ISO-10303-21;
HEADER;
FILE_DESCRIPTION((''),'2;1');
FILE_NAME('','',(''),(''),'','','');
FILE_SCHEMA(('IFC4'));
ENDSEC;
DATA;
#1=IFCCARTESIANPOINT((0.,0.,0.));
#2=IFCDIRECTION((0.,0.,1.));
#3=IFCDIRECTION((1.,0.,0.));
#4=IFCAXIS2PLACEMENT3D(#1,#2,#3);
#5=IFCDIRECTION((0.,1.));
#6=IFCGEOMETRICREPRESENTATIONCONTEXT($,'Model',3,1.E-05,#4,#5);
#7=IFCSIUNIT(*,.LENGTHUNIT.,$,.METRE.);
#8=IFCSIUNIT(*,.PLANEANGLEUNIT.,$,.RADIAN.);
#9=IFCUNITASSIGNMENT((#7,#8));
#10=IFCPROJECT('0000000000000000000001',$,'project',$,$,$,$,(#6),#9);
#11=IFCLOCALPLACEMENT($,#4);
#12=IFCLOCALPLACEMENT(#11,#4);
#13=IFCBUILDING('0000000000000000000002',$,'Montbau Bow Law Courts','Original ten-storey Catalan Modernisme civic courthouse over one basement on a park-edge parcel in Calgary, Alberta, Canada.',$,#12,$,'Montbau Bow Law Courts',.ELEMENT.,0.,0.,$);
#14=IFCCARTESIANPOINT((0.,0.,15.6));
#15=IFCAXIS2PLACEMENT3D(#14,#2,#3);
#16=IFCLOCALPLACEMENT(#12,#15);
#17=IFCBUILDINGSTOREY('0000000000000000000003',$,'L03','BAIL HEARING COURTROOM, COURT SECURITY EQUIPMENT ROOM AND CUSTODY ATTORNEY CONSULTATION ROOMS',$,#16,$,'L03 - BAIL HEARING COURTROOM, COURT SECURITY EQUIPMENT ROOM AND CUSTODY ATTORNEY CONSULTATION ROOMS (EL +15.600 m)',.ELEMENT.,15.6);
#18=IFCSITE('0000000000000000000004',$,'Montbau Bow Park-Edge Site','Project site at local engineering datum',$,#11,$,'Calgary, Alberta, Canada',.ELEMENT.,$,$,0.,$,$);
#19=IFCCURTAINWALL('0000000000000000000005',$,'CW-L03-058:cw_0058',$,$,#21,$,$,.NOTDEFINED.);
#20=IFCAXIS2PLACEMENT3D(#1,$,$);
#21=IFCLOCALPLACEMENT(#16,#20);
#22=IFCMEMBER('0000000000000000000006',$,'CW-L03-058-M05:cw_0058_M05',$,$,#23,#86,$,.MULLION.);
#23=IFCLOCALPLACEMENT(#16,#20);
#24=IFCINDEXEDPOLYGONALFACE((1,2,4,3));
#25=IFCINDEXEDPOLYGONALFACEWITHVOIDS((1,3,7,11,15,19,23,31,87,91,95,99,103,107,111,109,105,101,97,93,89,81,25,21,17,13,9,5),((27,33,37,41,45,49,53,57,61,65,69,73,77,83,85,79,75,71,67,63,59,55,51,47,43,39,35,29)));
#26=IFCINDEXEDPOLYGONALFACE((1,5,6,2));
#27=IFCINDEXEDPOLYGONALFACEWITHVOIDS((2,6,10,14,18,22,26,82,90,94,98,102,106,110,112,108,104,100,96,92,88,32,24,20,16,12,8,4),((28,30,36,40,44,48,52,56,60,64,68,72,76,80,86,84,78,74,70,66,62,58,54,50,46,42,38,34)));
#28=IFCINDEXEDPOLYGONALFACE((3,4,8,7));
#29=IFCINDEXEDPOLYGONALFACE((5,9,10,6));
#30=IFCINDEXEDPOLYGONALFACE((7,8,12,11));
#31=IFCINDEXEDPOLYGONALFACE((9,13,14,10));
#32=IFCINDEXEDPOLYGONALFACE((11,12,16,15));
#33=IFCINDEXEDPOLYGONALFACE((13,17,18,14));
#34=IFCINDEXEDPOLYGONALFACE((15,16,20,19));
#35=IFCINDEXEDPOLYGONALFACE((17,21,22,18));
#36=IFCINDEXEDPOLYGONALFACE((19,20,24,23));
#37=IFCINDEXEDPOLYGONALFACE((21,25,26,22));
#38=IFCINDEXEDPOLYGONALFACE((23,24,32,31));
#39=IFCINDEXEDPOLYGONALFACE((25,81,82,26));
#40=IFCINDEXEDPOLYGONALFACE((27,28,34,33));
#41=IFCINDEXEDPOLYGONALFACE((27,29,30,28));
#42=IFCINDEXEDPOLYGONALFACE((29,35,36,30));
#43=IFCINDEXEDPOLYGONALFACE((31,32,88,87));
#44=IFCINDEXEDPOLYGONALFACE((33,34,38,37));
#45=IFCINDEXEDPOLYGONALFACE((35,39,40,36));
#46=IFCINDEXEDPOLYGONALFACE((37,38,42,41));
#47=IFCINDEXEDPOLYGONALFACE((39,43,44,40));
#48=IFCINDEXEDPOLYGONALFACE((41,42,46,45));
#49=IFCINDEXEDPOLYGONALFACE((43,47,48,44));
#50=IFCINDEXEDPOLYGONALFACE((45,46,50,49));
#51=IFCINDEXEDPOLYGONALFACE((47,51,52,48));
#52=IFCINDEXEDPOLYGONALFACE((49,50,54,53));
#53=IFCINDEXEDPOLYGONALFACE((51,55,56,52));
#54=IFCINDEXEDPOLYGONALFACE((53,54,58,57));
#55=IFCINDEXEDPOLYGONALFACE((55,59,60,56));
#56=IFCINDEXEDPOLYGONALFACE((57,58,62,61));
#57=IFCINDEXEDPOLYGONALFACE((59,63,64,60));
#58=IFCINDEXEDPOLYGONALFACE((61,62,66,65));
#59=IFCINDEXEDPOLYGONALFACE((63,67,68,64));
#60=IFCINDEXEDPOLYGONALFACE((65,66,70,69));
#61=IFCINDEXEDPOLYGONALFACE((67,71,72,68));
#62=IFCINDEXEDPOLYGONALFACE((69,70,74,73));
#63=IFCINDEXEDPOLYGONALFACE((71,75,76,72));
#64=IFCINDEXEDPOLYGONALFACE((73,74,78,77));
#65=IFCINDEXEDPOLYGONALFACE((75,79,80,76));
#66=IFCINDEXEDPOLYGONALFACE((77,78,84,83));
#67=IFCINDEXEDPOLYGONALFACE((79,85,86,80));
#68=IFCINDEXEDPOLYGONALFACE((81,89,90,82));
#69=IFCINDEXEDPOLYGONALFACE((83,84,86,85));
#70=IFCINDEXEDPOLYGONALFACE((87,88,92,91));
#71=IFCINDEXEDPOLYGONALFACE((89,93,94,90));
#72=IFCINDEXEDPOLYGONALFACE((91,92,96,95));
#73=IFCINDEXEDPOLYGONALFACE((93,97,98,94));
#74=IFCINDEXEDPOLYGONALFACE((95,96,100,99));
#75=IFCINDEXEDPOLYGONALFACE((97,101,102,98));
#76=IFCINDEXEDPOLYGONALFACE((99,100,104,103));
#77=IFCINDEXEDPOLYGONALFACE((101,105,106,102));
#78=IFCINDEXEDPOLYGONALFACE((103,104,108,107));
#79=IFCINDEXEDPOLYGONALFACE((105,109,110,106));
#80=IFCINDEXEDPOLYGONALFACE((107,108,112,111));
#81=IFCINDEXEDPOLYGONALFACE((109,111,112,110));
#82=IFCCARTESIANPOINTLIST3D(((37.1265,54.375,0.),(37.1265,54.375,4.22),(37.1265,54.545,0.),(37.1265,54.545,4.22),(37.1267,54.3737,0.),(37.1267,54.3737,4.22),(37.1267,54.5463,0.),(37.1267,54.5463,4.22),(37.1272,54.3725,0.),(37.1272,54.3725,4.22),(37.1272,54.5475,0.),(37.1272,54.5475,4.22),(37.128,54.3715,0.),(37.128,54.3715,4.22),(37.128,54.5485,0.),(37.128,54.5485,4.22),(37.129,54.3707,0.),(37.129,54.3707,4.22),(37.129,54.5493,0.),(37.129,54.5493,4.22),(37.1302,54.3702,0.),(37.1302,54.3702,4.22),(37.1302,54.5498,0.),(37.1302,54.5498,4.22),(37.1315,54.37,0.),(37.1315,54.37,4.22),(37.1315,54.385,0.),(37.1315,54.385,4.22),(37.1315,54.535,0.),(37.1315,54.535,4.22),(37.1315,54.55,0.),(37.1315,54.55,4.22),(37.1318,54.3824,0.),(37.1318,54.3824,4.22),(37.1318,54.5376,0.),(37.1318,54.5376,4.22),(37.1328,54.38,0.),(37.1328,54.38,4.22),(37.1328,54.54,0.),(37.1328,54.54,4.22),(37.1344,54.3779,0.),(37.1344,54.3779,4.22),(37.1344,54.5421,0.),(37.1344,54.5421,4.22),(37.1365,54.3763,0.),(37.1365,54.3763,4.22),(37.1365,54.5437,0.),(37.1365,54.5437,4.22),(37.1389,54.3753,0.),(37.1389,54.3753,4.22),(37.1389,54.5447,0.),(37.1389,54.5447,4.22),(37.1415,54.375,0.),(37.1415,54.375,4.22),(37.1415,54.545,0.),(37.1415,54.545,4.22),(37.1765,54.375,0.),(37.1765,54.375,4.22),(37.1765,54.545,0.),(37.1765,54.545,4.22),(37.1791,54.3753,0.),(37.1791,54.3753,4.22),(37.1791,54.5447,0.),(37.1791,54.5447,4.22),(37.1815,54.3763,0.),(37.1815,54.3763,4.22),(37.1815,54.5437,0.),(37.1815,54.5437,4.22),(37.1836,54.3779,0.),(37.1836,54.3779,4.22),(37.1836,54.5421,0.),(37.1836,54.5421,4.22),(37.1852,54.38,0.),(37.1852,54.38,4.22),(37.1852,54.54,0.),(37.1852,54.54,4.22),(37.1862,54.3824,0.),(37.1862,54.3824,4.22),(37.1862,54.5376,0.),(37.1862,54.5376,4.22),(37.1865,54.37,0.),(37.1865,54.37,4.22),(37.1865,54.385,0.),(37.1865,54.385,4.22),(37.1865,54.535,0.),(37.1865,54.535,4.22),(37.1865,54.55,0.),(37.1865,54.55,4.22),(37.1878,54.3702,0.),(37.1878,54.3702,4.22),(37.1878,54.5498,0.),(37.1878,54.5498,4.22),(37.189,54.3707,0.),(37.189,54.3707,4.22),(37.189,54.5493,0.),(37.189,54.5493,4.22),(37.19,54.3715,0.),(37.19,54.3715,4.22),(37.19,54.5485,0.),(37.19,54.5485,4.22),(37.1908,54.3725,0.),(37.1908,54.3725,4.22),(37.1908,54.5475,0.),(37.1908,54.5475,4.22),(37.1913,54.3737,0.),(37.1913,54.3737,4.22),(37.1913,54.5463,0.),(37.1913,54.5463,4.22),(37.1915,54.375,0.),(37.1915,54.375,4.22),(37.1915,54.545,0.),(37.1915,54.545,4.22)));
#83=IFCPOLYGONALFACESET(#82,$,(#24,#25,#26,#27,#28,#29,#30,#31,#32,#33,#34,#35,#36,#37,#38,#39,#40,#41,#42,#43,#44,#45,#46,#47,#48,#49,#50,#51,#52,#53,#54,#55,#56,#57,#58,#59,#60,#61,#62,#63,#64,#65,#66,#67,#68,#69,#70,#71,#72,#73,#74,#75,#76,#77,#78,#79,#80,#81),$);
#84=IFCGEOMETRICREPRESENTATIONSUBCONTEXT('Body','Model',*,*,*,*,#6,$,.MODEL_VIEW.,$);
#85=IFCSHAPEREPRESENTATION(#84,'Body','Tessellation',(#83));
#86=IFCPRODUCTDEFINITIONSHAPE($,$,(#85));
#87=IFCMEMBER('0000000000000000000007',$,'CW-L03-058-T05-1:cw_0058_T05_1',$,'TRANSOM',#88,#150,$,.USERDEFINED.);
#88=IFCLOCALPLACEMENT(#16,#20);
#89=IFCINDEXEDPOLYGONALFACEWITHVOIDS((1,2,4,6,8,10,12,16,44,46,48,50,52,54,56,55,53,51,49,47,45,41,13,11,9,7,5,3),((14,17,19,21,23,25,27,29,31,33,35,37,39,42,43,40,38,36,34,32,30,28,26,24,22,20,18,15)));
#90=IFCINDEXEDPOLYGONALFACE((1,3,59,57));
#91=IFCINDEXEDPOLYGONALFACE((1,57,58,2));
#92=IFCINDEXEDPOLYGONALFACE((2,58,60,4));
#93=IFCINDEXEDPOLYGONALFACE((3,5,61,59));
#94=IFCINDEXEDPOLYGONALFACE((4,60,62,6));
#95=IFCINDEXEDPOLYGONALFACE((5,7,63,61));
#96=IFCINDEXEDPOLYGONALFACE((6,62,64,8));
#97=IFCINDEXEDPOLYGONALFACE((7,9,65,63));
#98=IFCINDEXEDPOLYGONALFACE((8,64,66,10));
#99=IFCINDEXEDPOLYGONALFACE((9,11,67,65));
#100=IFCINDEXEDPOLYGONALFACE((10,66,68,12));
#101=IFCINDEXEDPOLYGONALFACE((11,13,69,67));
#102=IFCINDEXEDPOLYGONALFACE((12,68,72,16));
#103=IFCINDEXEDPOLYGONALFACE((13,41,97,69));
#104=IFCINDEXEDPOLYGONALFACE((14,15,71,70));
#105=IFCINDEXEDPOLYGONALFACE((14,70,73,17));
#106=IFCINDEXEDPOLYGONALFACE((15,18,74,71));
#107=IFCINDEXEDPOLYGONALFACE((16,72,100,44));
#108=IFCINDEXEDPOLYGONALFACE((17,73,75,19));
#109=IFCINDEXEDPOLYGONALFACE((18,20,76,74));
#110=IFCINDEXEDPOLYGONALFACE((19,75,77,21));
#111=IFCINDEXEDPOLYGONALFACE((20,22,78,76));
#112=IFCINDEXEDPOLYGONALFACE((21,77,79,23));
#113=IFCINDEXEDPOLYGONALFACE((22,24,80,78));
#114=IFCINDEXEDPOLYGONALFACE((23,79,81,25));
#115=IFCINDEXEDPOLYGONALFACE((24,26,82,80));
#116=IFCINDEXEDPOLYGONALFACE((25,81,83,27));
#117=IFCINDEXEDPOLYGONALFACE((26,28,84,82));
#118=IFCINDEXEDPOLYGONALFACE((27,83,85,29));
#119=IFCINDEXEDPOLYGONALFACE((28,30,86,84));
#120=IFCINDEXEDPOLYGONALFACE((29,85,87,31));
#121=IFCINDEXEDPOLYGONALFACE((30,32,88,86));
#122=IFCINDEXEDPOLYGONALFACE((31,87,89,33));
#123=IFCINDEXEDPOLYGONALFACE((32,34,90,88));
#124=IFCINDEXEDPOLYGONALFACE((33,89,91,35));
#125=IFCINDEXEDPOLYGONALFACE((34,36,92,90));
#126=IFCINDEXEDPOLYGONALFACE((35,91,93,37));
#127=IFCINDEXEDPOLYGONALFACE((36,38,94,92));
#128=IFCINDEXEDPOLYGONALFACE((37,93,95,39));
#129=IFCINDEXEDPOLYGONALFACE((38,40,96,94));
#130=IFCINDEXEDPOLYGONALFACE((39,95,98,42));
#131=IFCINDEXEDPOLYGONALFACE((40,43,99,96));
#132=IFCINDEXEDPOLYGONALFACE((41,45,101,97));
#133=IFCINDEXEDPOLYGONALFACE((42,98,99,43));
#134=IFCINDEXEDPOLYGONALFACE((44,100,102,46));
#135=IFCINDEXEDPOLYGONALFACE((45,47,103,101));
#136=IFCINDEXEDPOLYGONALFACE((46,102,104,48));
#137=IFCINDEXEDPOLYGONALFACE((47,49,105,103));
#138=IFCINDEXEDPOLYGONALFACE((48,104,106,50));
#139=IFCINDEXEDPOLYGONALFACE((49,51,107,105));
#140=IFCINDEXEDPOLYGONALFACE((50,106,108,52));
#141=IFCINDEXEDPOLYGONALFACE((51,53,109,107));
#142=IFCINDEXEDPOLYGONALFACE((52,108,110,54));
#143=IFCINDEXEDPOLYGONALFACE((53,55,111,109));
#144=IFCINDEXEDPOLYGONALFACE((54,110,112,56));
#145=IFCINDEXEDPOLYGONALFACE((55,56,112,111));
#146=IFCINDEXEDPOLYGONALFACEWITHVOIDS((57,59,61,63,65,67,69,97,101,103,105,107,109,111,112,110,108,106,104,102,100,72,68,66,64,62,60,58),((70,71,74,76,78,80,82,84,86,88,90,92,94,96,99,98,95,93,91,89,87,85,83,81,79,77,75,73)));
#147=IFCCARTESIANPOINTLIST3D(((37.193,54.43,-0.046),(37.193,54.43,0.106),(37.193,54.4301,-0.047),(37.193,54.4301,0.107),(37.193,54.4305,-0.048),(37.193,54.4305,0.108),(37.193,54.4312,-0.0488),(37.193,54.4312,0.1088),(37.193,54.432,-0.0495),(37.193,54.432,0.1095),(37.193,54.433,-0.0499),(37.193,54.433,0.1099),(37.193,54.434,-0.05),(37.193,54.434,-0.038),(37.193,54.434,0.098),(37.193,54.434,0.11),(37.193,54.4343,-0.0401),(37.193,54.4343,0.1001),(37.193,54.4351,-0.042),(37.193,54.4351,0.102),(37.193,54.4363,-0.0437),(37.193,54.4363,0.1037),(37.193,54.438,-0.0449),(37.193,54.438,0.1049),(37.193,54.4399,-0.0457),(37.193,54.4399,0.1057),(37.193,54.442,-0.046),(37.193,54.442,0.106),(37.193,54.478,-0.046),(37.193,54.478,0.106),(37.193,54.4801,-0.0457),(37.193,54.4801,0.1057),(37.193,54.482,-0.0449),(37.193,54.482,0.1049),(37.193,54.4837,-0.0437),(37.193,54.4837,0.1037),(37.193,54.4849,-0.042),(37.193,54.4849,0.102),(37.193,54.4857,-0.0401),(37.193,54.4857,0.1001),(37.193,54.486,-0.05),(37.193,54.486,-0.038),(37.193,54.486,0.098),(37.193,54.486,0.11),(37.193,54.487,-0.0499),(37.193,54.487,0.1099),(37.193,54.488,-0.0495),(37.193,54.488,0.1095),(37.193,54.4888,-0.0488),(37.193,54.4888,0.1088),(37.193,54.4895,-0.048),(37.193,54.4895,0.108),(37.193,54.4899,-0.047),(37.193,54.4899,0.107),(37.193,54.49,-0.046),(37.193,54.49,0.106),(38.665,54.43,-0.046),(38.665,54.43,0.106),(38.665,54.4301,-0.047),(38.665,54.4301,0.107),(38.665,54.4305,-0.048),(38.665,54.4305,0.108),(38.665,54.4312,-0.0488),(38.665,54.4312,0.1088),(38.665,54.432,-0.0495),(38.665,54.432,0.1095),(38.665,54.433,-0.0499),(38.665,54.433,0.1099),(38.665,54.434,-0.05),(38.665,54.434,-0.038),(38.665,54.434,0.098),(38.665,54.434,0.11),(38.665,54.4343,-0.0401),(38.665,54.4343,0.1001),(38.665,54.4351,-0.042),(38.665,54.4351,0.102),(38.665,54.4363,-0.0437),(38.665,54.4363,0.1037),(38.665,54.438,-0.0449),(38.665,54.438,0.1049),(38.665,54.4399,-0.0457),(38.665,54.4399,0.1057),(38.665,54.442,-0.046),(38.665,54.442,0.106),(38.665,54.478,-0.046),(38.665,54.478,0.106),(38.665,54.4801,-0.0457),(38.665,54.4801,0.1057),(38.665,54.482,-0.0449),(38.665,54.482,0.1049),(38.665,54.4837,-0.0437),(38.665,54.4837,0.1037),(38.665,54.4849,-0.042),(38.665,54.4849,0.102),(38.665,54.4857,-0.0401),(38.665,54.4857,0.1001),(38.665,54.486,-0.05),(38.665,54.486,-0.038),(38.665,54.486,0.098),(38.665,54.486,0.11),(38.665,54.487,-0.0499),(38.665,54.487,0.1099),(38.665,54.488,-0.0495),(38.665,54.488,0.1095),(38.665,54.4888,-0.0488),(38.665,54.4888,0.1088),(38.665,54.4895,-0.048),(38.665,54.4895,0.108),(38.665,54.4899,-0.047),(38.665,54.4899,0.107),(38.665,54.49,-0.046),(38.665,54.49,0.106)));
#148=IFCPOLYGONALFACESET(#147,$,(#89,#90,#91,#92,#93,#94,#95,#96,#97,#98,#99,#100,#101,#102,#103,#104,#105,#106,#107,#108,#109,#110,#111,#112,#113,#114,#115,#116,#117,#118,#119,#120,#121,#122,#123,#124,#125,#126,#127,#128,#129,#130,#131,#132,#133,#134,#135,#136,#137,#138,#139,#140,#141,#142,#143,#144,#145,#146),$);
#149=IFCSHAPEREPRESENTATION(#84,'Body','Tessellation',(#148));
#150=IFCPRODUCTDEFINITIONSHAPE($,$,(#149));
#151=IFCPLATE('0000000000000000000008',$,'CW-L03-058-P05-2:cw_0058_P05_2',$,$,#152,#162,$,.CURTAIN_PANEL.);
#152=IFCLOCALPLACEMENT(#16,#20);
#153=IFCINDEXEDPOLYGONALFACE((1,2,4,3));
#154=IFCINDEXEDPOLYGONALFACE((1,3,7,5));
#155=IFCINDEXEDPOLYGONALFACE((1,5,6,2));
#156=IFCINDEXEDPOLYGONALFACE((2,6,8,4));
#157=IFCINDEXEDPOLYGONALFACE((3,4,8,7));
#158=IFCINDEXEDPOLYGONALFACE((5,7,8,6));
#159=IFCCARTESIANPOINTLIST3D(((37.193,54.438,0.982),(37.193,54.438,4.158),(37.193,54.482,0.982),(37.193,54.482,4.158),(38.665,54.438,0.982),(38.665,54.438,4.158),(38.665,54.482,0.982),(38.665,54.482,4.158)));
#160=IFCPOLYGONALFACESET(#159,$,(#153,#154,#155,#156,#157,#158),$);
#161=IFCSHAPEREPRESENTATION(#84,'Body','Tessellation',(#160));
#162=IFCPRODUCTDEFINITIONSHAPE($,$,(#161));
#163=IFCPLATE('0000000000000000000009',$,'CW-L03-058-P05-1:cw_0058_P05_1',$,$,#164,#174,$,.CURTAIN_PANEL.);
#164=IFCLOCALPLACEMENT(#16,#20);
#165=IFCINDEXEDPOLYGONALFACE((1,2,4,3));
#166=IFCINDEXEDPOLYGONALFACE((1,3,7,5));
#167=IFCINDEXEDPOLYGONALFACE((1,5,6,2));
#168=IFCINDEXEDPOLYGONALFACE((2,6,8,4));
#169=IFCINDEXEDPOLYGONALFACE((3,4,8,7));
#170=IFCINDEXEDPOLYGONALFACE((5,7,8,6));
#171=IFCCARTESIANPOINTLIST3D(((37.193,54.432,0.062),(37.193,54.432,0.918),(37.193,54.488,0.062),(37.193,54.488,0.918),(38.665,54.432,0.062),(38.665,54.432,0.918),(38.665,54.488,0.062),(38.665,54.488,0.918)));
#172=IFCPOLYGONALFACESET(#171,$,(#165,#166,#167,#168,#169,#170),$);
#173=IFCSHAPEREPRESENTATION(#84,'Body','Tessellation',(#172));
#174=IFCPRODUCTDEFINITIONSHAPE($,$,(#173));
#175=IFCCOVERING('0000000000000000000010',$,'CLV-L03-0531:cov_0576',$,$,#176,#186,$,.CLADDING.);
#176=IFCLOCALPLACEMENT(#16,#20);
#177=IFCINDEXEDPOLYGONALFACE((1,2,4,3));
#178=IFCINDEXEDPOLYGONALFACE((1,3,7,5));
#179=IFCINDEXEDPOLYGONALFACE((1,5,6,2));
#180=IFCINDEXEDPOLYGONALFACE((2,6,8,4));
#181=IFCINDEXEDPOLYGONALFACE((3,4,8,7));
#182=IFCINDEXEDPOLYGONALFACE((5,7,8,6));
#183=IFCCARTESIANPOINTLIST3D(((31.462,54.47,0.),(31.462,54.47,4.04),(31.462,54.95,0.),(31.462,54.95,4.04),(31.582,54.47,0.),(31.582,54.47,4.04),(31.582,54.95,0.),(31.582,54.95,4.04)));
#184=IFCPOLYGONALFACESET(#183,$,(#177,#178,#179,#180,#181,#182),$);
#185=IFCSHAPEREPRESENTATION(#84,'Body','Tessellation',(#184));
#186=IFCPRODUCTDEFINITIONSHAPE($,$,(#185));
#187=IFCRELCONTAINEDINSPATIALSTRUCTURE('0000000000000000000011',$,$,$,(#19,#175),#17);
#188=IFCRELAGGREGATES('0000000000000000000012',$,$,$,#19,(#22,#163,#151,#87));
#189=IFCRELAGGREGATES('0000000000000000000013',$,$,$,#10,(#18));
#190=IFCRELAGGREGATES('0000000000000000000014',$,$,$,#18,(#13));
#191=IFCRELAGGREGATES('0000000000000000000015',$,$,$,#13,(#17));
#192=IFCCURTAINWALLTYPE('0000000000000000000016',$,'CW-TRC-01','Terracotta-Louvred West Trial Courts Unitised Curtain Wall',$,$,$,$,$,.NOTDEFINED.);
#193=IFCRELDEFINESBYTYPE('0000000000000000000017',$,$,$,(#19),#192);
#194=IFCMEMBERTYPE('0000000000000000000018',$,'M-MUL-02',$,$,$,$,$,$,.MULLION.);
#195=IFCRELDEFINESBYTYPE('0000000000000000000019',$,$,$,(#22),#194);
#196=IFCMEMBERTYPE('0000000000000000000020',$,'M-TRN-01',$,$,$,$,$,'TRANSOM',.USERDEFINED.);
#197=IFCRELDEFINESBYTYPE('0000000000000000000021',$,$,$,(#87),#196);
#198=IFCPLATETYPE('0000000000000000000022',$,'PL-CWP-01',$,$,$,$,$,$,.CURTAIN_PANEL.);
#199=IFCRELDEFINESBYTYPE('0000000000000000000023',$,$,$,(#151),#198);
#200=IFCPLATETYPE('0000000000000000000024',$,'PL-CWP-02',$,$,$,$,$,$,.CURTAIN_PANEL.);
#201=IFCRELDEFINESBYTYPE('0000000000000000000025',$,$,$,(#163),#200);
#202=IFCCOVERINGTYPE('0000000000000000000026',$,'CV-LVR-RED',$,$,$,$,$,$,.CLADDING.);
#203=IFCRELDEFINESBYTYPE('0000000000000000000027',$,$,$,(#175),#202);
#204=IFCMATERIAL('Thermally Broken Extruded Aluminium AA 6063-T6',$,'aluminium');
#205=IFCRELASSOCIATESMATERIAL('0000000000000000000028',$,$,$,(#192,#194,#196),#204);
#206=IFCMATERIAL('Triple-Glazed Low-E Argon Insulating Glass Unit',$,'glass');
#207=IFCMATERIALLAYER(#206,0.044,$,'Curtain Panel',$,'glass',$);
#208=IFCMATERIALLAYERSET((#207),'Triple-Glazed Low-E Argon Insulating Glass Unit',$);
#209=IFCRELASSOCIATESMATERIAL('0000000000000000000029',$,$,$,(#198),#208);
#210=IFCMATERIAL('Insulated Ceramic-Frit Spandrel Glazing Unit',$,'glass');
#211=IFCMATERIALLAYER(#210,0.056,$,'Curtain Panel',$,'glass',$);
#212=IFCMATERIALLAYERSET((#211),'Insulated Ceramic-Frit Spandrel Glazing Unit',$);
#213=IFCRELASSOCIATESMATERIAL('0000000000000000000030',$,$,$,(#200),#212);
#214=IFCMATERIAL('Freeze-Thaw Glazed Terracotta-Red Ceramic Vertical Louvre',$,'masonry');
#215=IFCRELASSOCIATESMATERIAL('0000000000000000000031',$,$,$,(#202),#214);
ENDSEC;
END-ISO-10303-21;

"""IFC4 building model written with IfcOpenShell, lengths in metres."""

from ifc_helpers import new_model, si_unit, direction, frame, frame_2d, origin_with_axes, origin_2d_with_axis, place, context, subcontext, project, spatial, rectangle, hollow_rectangle, extrude, material, layer, layer_set, material_profile, profile_set, type_object, element, aggregate, save


model = new_model("IFC4")

# Units and contexts
model_context = context("Model", 3, precision=1e-05, world=origin_with_axes(), true_north=direction((0.0, 1.0)))
body_context = subcontext(model_context, "Body", "Model", "MODEL_VIEW")
ifc_project = project(units=[si_unit("LENGTHUNIT", "METRE"), si_unit("PLANEANGLEUNIT", "RADIAN")], contexts=[model_context])

# Site, building, storey
site_placement = place(None, origin_with_axes())
site = spatial("IfcSite", under=ifc_project, at=site_placement, Name="Montbau Bow Park-Edge Site", Description="Project site at local engineering datum", LongName="Calgary, Alberta, Canada", CompositionType="ELEMENT", RefElevation=0.0)
building_placement = place(site_placement, origin_with_axes())
building = spatial("IfcBuilding", under=site, at=building_placement, Name="Montbau Bow Law Courts", Description="Original ten-storey Catalan Modernisme civic courthouse over one basement on a park-edge parcel in Calgary, Alberta, Canada.", LongName="Montbau Bow Law Courts", CompositionType="ELEMENT", ElevationOfRefHeight=0.0, ElevationOfTerrain=0.0)
storey_placement = place(building_placement, frame((0.0, 0.0, 15.6), z_axis=(0.0, 0.0, 1.0), x_axis=(1.0, 0.0, 0.0)))
storey = spatial("IfcBuildingStorey", under=building, at=storey_placement, Name="L03", Description="BAIL HEARING COURTROOM, COURT SECURITY EQUIPMENT ROOM AND CUSTODY ATTORNEY CONSULTATION ROOMS", LongName="L03 - BAIL HEARING COURTROOM, COURT SECURITY EQUIPMENT ROOM AND CUSTODY ATTORNEY CONSULTATION ROOMS (EL +15.600 m)", CompositionType="ELEMENT", Elevation=15.6)

# Curtain wall, members, plates
ifc_material_1 = material(Name="Thermally Broken Extruded Aluminium AA 6063-T6", Category="aluminium")
curtain_wall_type = type_object("IfcCurtainWallType", Name="CW-TRC-01", Description="Terracotta-Louvred West Trial Courts Unitised Curtain Wall", PredefinedType="NOTDEFINED", material=ifc_material_1)
curtain_wall_placement = place(None, frame((30.867, 54.46, 15.6), z_axis=(0.0, 0.0, 1.0), x_axis=(1.0, 0.0, 0.0)))
curtain_wall = element("IfcCurtainWall", 1, at=curtain_wall_placement, inside=storey, type_object=curtain_wall_type, Name="CW-L03-058:cw_0058", PredefinedType="NOTDEFINED")
ifc_material_profile_1 = material_profile(ifc_material_1, hollow_rectangle(XDim=0.065, YDim=0.18, WallThickness=0.005, InnerFilletRadius=0.01, OuterFilletRadius=0.005, at=origin_2d_with_axis()), Name="CWM-180X65", Category="Main", Priority=0)
ifc_profile_set_1 = profile_set([ifc_material_profile_1], Name="Thermally Broken Extruded Aluminium AA 6063-T6")
member_type_1 = type_object("IfcMemberType", Name="M-MUL-02", PredefinedType="MULLION", material=ifc_profile_set_1)
member_1_placement = place(None, frame((37.159, 54.46, 15.6), z_axis=(0.0, 0.0, 1.0), x_axis=(1.0, 0.0, 0.0)))
member_1 = element("IfcMember", 2, at=member_1_placement, type_object=member_type_1, Name="CW-L03-058-M05:cw_0058_M05", PredefinedType="MULLION", context=body_context, shape_type="SweptSolid", body=[
    extrude(hollow_rectangle(XDim=0.065, YDim=0.18, WallThickness=0.005, InnerFilletRadius=0.01, OuterFilletRadius=0.005, at=origin_2d_with_axis()), origin_with_axes(), (0.0, 0.0, 1.0), 4.22),
])
ifc_material_profile_2 = material_profile(ifc_material_1, hollow_rectangle(XDim=0.06, YDim=0.16, WallThickness=0.004, InnerFilletRadius=0.008, OuterFilletRadius=0.004, at=origin_2d_with_axis()), Name="CWT-160X60", Category="Main", Priority=0)
ifc_profile_set_2 = profile_set([ifc_material_profile_2], Name="Thermally Broken Extruded Aluminium AA 6063-T6")
member_type_2 = type_object("IfcMemberType", Name="M-TRN-01", ElementType="TRANSOM", PredefinedType="USERDEFINED", material=ifc_profile_set_2)
member_2_placement = place(None, frame((37.193, 54.46, 15.63), z_axis=(1.0, 0.0, 0.0), x_axis=(0.0, 1.0, 0.0)))
member_2 = element("IfcMember", 3, at=member_2_placement, type_object=member_type_2, Name="CW-L03-058-T05-1:cw_0058_T05_1", ObjectType="TRANSOM", PredefinedType="USERDEFINED", context=body_context, shape_type="SweptSolid", body=[
    extrude(hollow_rectangle(XDim=0.06, YDim=0.16, WallThickness=0.004, InnerFilletRadius=0.008, OuterFilletRadius=0.004, at=origin_2d_with_axis()), origin_with_axes(), (0.0, 0.0, 1.0), 1.472),
])
ifc_material_2 = material(Name="Triple-Glazed Low-E Argon Insulating Glass Unit", Category="glass")
ifc_layer_1 = layer(ifc_material_2, 0.044, Name="Curtain Panel", Category="glass")
ifc_layer_set_1 = layer_set([ifc_layer_1], Name="Triple-Glazed Low-E Argon Insulating Glass Unit")
plate_type_1 = type_object("IfcPlateType", Name="PL-CWP-01", PredefinedType="CURTAIN_PANEL", material=ifc_layer_set_1)
plate_1_placement = place(None, frame((37.193, 54.46, 16.582), z_axis=(0.0, -1.0, 0.0), x_axis=(1.0, 0.0, 0.0)))
plate_1 = element("IfcPlate", 4, at=plate_1_placement, type_object=plate_type_1, Name="CW-L03-058-P05-2:cw_0058_P05_2", PredefinedType="CURTAIN_PANEL", context=body_context, shape_type="SweptSolid", body=[
    extrude(rectangle(XDim=1.472, YDim=3.176, at=frame_2d((0.736, 1.588), x_axis=(1.0, 0.0))), frame((0.0, 0.0, -0.022), z_axis=(0.0, 0.0, 1.0), x_axis=(1.0, 0.0, 0.0)), (0.0, 0.0, 1.0), 0.044),
])
ifc_material_3 = material(Name="Insulated Ceramic-Frit Spandrel Glazing Unit", Category="glass")
ifc_layer_2 = layer(ifc_material_3, 0.056, Name="Curtain Panel", Category="glass")
ifc_layer_set_2 = layer_set([ifc_layer_2], Name="Insulated Ceramic-Frit Spandrel Glazing Unit")
plate_type_2 = type_object("IfcPlateType", Name="PL-CWP-02", PredefinedType="CURTAIN_PANEL", material=ifc_layer_set_2)
plate_2_placement = place(None, frame((37.193, 54.46, 15.662), z_axis=(0.0, -1.0, 0.0), x_axis=(1.0, 0.0, 0.0)))
plate_2 = element("IfcPlate", 5, at=plate_2_placement, type_object=plate_type_2, Name="CW-L03-058-P05-1:cw_0058_P05_1", PredefinedType="CURTAIN_PANEL", context=body_context, shape_type="SweptSolid", body=[
    extrude(rectangle(XDim=1.472, YDim=0.856, at=frame_2d((0.736, 0.428), x_axis=(1.0, 0.0))), frame((0.0, 0.0, -0.028), z_axis=(0.0, 0.0, 1.0), x_axis=(1.0, 0.0, 0.0)), (0.0, 0.0, 1.0), 0.056),
])
aggregate(curtain_wall, [member_1, plate_2, plate_1, member_2])

# Covering
ifc_material_4 = material(Name="Freeze-Thaw Glazed Terracotta-Red Ceramic Vertical Louvre", Category="masonry")
covering_type = type_object("IfcCoveringType", Name="CV-LVR-RED", PredefinedType="CLADDING", material=ifc_material_4)
for number, where, z_axis, x_axis, name in (
    (6, (31.522, 54.47, 15.6), (1.0, 0.0, 0.0), (0.0, 1.0, 0.0), "CLV-L03-0531:cov_0576"),
):
    element("IfcCovering", number, at=place(None, frame(where, z_axis=z_axis, x_axis=x_axis)), inside=storey, type_object=covering_type, Name=name, PredefinedType="CLADDING", context=body_context, shape_type="SweptSolid", body=[
        extrude(rectangle(XDim=0.48, YDim=4.04, at=frame_2d((0.24, 2.02), x_axis=(1.0, 0.0))), frame((0.0, 0.0, -0.06), z_axis=(0.0, 0.0, 1.0), x_axis=(1.0, 0.0, 0.0)), (0.0, 0.0, 1.0), 0.12),
    ])

save(model, "model.ifc")
